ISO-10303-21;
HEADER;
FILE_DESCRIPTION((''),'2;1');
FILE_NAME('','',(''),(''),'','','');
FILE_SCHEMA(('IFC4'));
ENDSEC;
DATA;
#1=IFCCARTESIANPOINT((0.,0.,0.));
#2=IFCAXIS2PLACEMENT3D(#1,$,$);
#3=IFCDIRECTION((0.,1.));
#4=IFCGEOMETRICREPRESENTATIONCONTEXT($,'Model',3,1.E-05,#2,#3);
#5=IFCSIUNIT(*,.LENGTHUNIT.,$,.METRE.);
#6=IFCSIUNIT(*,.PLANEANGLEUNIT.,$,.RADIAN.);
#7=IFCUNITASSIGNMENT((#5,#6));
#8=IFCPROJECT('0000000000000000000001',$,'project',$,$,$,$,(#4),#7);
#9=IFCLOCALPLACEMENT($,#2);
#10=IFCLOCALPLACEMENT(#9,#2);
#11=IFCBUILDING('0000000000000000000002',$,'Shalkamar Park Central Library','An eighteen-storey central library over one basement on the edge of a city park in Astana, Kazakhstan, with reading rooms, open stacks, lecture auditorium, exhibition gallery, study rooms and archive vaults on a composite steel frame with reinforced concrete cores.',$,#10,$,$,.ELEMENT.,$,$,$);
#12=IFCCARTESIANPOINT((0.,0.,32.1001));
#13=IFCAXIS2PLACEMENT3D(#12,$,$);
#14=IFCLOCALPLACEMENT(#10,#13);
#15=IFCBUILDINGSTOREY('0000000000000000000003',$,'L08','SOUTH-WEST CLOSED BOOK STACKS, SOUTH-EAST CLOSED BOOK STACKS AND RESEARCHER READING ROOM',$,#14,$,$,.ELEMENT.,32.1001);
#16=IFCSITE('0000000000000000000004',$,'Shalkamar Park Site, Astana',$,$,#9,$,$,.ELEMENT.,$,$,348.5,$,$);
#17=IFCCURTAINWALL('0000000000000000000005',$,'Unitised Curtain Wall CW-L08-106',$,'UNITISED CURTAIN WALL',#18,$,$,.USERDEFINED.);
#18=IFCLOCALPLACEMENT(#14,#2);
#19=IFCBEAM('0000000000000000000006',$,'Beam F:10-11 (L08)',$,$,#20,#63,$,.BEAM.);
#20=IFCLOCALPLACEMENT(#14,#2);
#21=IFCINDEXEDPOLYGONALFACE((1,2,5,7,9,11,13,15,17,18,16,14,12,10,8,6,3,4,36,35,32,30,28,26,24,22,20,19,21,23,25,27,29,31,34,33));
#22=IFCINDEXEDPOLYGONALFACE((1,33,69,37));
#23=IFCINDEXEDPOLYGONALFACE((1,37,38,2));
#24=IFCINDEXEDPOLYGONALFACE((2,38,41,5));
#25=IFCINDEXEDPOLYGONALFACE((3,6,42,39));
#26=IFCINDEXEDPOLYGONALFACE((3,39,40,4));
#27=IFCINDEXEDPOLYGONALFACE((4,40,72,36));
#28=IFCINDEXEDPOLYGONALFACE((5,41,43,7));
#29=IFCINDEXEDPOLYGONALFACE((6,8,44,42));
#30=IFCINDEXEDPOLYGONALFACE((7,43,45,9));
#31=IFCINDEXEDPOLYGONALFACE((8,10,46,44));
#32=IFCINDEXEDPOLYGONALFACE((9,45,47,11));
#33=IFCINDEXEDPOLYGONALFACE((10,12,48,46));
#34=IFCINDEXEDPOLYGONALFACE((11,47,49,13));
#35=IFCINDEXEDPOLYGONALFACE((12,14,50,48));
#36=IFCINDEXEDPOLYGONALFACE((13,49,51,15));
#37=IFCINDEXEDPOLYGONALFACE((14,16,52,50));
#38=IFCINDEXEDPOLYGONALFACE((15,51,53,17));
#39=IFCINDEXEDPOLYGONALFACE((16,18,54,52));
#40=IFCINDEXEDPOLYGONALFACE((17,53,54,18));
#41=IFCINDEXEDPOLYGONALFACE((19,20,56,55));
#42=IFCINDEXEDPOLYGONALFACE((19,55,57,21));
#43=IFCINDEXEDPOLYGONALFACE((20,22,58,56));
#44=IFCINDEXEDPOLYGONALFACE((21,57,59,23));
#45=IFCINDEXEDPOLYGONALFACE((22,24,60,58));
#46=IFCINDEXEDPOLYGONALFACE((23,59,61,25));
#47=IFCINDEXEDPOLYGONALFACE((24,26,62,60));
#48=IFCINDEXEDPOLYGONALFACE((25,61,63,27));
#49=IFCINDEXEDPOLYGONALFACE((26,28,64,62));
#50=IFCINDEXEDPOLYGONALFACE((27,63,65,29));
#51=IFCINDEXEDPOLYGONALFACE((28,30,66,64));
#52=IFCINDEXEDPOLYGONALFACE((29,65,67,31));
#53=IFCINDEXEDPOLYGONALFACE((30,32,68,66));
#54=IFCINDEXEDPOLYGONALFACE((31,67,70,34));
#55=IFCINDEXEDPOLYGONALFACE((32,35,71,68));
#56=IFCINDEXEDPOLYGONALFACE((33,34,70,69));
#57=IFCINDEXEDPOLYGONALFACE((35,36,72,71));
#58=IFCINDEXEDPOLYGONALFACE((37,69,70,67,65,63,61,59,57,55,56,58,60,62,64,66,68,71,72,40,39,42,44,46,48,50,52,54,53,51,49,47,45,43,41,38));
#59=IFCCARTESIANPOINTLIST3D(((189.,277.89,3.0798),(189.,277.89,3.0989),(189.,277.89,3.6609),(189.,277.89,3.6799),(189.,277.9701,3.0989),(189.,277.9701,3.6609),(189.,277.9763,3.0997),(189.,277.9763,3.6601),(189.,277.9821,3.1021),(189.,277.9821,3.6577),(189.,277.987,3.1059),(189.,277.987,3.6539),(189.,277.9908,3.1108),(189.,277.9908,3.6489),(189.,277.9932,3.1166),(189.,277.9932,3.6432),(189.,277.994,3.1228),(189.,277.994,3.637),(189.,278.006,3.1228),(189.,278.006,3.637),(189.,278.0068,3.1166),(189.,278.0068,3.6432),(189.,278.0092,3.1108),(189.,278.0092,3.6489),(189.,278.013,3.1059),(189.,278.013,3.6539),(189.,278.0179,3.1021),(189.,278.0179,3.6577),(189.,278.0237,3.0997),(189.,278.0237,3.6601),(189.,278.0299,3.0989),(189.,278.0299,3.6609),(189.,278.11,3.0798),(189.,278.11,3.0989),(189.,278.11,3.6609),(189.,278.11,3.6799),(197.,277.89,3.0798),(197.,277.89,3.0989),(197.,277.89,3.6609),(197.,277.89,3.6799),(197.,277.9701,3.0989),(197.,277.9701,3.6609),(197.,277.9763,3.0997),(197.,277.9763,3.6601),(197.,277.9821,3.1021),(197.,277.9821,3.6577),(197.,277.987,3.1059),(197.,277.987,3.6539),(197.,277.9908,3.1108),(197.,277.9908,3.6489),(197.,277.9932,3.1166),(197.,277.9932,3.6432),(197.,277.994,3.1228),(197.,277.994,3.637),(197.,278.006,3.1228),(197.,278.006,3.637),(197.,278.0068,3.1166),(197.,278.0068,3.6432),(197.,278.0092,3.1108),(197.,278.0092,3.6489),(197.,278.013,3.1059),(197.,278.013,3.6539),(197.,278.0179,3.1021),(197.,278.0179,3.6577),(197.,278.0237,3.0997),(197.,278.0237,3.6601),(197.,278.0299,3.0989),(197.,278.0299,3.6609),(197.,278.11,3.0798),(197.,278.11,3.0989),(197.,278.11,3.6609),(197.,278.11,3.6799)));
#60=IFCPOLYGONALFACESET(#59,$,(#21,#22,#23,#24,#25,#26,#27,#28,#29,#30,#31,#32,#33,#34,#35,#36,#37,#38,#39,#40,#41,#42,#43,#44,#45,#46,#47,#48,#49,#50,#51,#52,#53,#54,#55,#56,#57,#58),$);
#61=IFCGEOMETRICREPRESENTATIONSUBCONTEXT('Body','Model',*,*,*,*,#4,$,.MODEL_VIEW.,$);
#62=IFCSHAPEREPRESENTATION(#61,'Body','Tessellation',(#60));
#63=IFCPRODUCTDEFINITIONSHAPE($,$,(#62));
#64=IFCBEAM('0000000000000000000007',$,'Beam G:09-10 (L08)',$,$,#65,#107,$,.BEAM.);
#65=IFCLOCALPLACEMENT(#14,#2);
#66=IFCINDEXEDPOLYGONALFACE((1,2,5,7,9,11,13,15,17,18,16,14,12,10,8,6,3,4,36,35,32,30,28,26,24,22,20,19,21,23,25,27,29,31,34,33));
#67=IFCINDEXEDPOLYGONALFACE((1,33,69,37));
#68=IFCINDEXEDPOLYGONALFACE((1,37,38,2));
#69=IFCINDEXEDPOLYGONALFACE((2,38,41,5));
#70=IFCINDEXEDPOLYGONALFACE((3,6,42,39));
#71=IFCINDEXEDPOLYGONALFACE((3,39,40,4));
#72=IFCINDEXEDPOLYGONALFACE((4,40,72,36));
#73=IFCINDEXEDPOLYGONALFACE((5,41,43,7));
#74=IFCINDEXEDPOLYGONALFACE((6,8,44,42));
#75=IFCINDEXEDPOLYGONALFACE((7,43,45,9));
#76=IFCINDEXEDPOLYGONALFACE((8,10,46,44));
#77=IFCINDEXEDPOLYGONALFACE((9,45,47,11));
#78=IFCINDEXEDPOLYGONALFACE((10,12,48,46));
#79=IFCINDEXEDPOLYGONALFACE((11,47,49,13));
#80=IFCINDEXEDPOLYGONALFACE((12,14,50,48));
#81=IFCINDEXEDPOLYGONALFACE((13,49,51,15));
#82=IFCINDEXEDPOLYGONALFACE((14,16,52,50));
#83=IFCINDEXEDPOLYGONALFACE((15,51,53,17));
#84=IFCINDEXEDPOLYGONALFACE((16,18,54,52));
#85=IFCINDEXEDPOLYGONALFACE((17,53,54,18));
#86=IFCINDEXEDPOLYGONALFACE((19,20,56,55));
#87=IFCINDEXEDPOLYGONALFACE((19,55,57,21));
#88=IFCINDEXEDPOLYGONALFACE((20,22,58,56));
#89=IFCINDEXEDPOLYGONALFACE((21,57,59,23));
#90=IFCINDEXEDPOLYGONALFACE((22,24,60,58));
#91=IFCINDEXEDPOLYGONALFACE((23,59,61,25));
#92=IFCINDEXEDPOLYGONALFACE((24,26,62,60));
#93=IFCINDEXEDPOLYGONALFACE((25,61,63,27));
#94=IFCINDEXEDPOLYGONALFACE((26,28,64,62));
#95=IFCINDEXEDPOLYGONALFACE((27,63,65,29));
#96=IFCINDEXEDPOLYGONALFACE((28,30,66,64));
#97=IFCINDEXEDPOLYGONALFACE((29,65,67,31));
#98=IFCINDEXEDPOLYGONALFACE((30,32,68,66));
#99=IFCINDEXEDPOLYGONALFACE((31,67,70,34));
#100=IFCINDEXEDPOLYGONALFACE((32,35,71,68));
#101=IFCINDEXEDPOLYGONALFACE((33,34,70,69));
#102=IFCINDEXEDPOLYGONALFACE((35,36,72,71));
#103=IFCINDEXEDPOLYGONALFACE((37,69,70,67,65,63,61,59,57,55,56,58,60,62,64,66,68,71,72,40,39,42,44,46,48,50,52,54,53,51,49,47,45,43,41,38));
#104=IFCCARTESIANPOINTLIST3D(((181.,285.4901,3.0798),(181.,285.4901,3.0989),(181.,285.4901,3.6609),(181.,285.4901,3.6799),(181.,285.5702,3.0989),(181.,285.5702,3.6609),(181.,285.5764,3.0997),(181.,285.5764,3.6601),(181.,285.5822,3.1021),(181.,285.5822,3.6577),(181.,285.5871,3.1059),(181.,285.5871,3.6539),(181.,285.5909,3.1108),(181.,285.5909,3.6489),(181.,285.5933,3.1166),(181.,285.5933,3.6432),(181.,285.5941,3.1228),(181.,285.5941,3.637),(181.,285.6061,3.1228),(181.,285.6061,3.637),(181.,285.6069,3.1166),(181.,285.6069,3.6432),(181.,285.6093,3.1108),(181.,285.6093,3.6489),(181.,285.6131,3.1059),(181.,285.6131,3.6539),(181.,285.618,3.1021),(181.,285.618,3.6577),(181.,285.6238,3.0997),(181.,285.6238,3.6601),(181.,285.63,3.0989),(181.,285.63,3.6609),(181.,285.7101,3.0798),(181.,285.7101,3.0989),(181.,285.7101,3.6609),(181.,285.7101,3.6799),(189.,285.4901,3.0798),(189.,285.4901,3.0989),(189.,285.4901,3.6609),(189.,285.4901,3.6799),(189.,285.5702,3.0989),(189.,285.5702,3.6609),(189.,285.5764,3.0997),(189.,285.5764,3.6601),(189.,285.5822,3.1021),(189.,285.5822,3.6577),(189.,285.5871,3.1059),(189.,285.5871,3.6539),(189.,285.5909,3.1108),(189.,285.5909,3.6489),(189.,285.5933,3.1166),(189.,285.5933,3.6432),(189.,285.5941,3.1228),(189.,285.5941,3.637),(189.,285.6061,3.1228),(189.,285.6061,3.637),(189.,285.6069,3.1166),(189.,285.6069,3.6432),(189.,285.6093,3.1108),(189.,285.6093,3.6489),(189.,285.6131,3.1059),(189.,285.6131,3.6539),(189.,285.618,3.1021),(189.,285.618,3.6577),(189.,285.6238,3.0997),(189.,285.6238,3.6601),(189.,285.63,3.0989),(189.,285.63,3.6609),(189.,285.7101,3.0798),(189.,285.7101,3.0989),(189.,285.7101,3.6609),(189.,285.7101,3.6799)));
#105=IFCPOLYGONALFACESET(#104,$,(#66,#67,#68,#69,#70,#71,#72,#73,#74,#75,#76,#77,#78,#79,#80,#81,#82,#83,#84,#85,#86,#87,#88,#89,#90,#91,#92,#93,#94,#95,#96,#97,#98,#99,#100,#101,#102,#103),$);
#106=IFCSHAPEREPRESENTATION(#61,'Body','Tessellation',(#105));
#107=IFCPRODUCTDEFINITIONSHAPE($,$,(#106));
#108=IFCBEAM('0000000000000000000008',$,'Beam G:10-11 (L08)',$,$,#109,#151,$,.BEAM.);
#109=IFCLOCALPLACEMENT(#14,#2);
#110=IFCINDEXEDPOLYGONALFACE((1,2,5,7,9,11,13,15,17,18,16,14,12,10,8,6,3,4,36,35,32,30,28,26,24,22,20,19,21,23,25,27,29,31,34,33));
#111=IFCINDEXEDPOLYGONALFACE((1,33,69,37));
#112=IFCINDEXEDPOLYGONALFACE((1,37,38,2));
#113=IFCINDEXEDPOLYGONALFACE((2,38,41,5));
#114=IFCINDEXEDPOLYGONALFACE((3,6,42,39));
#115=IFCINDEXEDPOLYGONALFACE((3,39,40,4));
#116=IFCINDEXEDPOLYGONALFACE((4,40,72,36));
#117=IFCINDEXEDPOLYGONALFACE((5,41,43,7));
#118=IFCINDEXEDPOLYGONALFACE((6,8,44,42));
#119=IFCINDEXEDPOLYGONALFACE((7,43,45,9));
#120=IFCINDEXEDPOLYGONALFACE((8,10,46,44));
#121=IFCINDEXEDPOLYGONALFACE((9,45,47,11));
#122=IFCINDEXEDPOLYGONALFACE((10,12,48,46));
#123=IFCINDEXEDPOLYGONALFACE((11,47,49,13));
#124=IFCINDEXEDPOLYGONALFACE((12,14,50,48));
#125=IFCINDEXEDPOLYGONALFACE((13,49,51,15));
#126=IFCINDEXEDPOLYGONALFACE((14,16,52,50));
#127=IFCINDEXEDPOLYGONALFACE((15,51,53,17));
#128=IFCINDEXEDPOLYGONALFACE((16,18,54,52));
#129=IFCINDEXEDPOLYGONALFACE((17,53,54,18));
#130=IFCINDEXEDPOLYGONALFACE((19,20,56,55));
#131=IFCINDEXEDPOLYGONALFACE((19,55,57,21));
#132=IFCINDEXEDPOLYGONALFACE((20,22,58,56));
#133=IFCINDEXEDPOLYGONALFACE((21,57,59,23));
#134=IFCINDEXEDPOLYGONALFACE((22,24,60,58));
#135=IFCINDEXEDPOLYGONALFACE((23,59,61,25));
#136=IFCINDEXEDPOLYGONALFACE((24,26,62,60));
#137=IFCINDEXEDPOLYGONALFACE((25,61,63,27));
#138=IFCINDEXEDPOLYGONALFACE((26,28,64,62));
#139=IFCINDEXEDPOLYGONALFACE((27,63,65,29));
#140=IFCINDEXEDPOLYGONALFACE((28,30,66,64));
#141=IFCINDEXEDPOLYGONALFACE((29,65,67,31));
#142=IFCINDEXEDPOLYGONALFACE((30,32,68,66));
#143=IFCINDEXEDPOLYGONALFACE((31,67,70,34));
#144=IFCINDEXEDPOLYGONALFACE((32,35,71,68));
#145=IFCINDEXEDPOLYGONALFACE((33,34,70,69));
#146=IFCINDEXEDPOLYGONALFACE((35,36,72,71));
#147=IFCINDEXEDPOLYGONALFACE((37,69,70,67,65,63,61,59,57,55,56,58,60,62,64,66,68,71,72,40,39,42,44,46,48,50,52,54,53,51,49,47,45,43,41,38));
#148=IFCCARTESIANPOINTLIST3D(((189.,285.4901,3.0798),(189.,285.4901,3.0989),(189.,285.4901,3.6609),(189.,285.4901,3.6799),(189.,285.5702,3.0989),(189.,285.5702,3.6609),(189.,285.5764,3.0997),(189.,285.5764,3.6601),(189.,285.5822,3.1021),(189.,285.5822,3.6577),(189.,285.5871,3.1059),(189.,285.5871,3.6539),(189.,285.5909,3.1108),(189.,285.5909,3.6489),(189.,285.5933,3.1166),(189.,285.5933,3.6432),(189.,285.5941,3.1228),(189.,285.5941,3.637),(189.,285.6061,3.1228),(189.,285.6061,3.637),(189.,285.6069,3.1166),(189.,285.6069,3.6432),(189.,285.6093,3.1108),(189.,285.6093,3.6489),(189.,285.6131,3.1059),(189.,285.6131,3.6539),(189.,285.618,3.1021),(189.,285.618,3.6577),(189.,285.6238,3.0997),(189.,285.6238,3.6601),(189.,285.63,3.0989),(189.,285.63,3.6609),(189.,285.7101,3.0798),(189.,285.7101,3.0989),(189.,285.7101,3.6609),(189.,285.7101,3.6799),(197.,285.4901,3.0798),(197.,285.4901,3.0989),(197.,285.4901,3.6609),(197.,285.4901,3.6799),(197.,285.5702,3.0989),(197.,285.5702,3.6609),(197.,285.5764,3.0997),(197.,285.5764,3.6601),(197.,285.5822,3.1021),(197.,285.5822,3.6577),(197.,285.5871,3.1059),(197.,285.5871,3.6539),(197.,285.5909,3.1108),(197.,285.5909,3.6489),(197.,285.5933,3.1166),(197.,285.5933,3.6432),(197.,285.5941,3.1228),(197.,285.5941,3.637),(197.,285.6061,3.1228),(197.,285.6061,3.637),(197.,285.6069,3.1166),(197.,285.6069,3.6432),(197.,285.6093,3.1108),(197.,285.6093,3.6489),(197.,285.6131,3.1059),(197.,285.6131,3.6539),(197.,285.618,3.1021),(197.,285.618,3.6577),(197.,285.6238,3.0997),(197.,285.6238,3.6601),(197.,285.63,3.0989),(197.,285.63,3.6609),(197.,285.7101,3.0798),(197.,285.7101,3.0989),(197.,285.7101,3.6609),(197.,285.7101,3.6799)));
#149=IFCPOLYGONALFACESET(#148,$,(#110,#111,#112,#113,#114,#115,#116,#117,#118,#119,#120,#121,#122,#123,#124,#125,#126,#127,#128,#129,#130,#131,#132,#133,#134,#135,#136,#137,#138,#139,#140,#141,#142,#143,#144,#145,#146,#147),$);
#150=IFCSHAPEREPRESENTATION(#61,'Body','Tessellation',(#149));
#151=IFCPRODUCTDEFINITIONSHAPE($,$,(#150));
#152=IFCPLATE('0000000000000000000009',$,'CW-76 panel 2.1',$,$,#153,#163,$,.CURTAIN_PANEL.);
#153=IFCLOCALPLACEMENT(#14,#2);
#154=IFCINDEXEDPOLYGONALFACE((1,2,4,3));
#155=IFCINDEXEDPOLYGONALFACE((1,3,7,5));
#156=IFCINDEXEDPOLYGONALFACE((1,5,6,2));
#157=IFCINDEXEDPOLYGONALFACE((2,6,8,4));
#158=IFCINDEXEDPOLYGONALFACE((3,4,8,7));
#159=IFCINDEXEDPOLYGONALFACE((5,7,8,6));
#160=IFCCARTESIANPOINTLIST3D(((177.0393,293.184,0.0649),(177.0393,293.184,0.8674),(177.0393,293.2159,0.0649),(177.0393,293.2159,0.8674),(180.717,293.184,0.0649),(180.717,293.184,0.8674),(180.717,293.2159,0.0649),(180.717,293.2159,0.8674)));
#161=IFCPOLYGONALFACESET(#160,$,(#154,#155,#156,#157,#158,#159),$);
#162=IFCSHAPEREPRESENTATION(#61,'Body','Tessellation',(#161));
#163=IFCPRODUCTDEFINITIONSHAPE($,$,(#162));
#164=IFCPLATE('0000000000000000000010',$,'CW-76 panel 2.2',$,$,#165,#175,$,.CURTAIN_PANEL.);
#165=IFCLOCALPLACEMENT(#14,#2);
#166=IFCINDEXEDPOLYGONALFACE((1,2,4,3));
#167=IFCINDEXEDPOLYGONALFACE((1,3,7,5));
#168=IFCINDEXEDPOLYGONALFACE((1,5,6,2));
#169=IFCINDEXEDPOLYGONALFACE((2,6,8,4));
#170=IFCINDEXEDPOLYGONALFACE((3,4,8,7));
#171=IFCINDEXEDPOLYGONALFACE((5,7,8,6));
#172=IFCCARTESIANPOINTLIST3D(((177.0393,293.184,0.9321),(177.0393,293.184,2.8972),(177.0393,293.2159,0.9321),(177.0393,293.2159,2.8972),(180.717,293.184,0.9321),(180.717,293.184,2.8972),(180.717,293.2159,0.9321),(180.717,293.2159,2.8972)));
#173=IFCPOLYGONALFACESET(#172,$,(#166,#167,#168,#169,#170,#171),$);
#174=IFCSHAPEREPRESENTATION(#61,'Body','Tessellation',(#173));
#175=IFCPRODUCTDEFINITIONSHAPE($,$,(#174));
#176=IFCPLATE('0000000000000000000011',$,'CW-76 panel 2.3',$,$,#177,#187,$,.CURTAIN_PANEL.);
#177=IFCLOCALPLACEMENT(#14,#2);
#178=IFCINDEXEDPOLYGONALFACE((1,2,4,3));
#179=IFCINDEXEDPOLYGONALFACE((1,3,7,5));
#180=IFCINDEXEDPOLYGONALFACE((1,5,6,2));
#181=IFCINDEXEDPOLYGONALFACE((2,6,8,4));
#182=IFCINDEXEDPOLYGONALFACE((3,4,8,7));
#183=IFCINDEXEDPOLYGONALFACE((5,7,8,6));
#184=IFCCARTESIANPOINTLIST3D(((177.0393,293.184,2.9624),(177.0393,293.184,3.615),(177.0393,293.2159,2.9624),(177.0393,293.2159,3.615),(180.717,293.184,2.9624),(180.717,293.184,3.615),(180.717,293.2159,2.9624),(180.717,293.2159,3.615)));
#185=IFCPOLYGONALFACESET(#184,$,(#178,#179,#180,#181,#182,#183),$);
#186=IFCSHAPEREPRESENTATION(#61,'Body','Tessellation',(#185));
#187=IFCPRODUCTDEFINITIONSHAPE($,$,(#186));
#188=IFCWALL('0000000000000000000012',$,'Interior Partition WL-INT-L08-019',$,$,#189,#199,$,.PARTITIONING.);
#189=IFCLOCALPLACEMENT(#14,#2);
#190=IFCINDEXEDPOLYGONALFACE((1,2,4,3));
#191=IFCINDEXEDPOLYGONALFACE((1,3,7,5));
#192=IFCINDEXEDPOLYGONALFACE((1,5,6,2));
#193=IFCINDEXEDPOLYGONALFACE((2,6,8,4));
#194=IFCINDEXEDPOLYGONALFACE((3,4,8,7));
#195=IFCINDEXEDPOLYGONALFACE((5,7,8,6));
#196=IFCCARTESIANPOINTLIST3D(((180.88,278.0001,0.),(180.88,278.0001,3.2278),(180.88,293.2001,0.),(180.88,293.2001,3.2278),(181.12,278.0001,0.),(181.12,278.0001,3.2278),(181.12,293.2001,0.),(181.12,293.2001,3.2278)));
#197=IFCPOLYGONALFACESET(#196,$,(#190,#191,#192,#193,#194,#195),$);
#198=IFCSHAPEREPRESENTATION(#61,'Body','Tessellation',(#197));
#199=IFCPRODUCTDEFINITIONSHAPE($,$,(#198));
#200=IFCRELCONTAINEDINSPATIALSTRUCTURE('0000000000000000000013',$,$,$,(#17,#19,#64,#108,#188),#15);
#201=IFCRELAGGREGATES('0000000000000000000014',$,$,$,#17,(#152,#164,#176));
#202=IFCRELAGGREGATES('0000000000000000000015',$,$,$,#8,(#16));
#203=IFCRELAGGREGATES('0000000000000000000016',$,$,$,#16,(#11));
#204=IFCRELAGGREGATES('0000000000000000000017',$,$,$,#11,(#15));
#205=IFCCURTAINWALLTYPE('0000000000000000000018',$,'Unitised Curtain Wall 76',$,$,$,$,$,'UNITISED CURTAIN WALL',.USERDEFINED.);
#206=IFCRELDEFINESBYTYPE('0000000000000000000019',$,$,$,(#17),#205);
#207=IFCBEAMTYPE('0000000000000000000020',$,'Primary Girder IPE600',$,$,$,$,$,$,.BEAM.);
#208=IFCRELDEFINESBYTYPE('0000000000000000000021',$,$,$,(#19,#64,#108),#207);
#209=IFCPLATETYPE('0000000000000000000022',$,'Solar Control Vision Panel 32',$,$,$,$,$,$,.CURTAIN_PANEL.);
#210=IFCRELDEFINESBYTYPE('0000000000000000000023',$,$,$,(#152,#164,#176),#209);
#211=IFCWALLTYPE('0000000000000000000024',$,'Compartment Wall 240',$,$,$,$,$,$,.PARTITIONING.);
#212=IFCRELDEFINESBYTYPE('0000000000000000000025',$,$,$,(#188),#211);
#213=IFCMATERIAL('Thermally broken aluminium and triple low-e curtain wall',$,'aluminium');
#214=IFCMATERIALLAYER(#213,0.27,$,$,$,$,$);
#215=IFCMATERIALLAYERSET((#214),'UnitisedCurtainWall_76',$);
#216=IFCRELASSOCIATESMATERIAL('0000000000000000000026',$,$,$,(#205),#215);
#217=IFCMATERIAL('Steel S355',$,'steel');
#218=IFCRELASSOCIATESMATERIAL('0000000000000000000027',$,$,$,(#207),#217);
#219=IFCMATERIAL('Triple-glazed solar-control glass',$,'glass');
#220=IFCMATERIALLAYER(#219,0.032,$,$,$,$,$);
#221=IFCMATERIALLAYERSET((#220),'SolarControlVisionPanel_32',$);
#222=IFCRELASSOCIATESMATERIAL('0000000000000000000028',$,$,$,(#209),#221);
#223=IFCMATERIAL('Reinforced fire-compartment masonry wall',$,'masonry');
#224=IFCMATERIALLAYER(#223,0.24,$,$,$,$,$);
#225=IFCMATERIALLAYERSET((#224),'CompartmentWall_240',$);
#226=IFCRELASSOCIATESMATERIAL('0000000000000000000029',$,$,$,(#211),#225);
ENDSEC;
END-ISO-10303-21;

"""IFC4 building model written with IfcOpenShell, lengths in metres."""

from ifc_helpers import new_model, si_unit, direction, frame, frame_2d, origin, origin_2d, place, context, subcontext, project, spatial, rectangle, i_section, extrude, material, layer, layer_set, material_profile, profile_set, type_object, element, aggregate, save


model = new_model("IFC4")

# Units and contexts
model_context = context("Model", 3, precision=1e-05, world=origin(), true_north=direction((0.0, 1.0)))
body_context = subcontext(model_context, "Body", "Model", "MODEL_VIEW")
ifc_project = project(units=[si_unit("LENGTHUNIT", "METRE"), si_unit("PLANEANGLEUNIT", "RADIAN")], contexts=[model_context])

# Site, building, storey
site_placement = place(None, origin())
site = spatial("IfcSite", under=ifc_project, at=site_placement, Name="Shalkamar Park Site, Astana", CompositionType="ELEMENT", RefElevation=348.5)
building_placement = place(site_placement, origin())
building = spatial("IfcBuilding", under=site, at=building_placement, Name="Shalkamar Park Central Library", Description="An eighteen-storey central library over one basement on the edge of a city park in Astana, Kazakhstan, with reading rooms, open stacks, lecture auditorium, exhibition gallery, study rooms and archive vaults on a composite steel frame with reinforced concrete cores.", CompositionType="ELEMENT")
storey_placement = place(building_placement, frame((0.0, 0.0, 32.1001)))
storey = spatial("IfcBuildingStorey", under=building, at=storey_placement, Name="L08", Description="SOUTH-WEST CLOSED BOOK STACKS, SOUTH-EAST CLOSED BOOK STACKS AND RESEARCHER READING ROOM", CompositionType="ELEMENT", Elevation=32.1001)

# Shared definitions
ifc_material_1 = material(Name="Steel S355", Category="steel")

# Curtain wall
ifc_material_2 = material(Name="Thermally broken aluminium and triple low-e curtain wall", Category="aluminium")
ifc_layer_1 = layer(ifc_material_2, 0.27)
ifc_layer_set_1 = layer_set([ifc_layer_1], Name="UnitisedCurtainWall_76")
curtain_wall_type_1 = type_object("IfcCurtainWallType", Name="Unitised Curtain Wall 76", ElementType="UNITISED CURTAIN WALL", PredefinedType="USERDEFINED", material=ifc_layer_set_1)
curtain_wall_1_placement = place(storey_placement, origin())
curtain_wall_1 = element("IfcCurtainWall", 1, at=curtain_wall_1_placement, inside=storey, type_object=curtain_wall_type_1, Name="Unitised Curtain Wall CW-L08-106", ObjectType="UNITISED CURTAIN WALL", PredefinedType="USERDEFINED")

# Beams
ifc_material_profile_1 = material_profile(ifc_material_1, i_section(OverallWidth=0.22, OverallDepth=0.6001, WebThickness=0.012, FlangeThickness=0.019, FilletRadius=0.0239, at=origin_2d()), Name="IPE 600")
ifc_profile_set_1 = profile_set([ifc_material_profile_1], Name="Steel S355")
beam_type_1 = type_object("IfcBeamType", Name="Primary Girder IPE600", PredefinedType="BEAM", material=ifc_profile_set_1)
for number, where, z_axis, x_axis, name in (
    (2, (189.0, 278.0, 3.3799), (1.0, 0.0, 0.0), (0.0, 1.0, 0.0), "Beam F:10-11 (L08)"),
    (3, (181.0, 285.6001, 3.3799), (1.0, 0.0, 0.0), (0.0, 1.0, 0.0), "Beam G:09-10 (L08)"),
    (4, (189.0, 285.6001, 3.3799), (1.0, 0.0, 0.0), (0.0, 1.0, 0.0), "Beam G:10-11 (L08)"),
):
    element("IfcBeam", number, at=place(storey_placement, frame(where, z_axis=z_axis, x_axis=x_axis)), inside=storey, type_object=beam_type_1, Name=name, PredefinedType="BEAM", context=body_context, shape_type="SweptSolid", body=[
        extrude(i_section(OverallWidth=0.22, OverallDepth=0.6001, WebThickness=0.012, FlangeThickness=0.019, FilletRadius=0.0239, at=origin_2d()), origin(), (0.0, 0.0, 1.0), 8.0),
    ])

# Plates
ifc_material_3 = material(Name="Triple-glazed solar-control glass", Category="glass")
ifc_layer_2 = layer(ifc_material_3, 0.032)
ifc_layer_set_2 = layer_set([ifc_layer_2], Name="SolarControlVisionPanel_32")
plate_type = type_object("IfcPlateType", Name="Solar Control Vision Panel 32", PredefinedType="CURTAIN_PANEL", material=ifc_layer_set_2)
plate_1_placement = place(storey_placement, frame((178.8782, 293.2, 0.0649), z_axis=(0.0, 0.0, 1.0), x_axis=(1.0, 0.0, 0.0)))
plate_1 = element("IfcPlate", 5, at=plate_1_placement, type_object=plate_type, Name="CW-76 panel 2.1", PredefinedType="CURTAIN_PANEL", context=body_context, shape_type="SweptSolid", body=[
    extrude(rectangle(XDim=3.6777, YDim=0.032, at=origin_2d()), origin(), (0.0, 0.0, 1.0), 0.8025),
])
plate_2_placement = place(storey_placement, frame((178.8782, 293.2, 0.9321), z_axis=(0.0, 0.0, 1.0), x_axis=(1.0, 0.0, 0.0)))
plate_2 = element("IfcPlate", 6, at=plate_2_placement, type_object=plate_type, Name="CW-76 panel 2.2", PredefinedType="CURTAIN_PANEL", context=body_context, shape_type="SweptSolid", body=[
    extrude(rectangle(XDim=3.6777, YDim=0.032, at=origin_2d()), origin(), (0.0, 0.0, 1.0), 1.9651),
])
plate_3_placement = place(storey_placement, frame((178.8782, 293.2, 2.9624), z_axis=(0.0, 0.0, 1.0), x_axis=(1.0, 0.0, 0.0)))
plate_3 = element("IfcPlate", 7, at=plate_3_placement, type_object=plate_type, Name="CW-76 panel 2.3", PredefinedType="CURTAIN_PANEL", context=body_context, shape_type="SweptSolid", body=[
    extrude(rectangle(XDim=3.6777, YDim=0.032, at=origin_2d()), origin(), (0.0, 0.0, 1.0), 0.6526),
])
aggregate(curtain_wall_1, [plate_1, plate_2, plate_3])

# Wall
ifc_material_4 = material(Name="Reinforced fire-compartment masonry wall", Category="masonry")
ifc_layer_3 = layer(ifc_material_4, 0.24)
ifc_layer_set_3 = layer_set([ifc_layer_3], Name="CompartmentWall_240")
wall_type = type_object("IfcWallType", Name="Compartment Wall 240", PredefinedType="PARTITIONING", material=ifc_layer_set_3)
wall_placement = place(storey_placement, frame((181.0, 278.0, 0.0), z_axis=(0.0, 0.0, 1.0), x_axis=(0.0, 1.0, 0.0)))
element("IfcWall", 8, at=wall_placement, inside=storey, type_object=wall_type, Name="Interior Partition WL-INT-L08-019", PredefinedType="PARTITIONING", context=body_context, shape_type="SweptSolid", body=[
    extrude(rectangle(XDim=15.2, YDim=0.24, at=frame_2d((7.6001, 0.0))), origin(), (0.0, 0.0, 1.0), 3.2278),
])

save(model, "model.ifc")
